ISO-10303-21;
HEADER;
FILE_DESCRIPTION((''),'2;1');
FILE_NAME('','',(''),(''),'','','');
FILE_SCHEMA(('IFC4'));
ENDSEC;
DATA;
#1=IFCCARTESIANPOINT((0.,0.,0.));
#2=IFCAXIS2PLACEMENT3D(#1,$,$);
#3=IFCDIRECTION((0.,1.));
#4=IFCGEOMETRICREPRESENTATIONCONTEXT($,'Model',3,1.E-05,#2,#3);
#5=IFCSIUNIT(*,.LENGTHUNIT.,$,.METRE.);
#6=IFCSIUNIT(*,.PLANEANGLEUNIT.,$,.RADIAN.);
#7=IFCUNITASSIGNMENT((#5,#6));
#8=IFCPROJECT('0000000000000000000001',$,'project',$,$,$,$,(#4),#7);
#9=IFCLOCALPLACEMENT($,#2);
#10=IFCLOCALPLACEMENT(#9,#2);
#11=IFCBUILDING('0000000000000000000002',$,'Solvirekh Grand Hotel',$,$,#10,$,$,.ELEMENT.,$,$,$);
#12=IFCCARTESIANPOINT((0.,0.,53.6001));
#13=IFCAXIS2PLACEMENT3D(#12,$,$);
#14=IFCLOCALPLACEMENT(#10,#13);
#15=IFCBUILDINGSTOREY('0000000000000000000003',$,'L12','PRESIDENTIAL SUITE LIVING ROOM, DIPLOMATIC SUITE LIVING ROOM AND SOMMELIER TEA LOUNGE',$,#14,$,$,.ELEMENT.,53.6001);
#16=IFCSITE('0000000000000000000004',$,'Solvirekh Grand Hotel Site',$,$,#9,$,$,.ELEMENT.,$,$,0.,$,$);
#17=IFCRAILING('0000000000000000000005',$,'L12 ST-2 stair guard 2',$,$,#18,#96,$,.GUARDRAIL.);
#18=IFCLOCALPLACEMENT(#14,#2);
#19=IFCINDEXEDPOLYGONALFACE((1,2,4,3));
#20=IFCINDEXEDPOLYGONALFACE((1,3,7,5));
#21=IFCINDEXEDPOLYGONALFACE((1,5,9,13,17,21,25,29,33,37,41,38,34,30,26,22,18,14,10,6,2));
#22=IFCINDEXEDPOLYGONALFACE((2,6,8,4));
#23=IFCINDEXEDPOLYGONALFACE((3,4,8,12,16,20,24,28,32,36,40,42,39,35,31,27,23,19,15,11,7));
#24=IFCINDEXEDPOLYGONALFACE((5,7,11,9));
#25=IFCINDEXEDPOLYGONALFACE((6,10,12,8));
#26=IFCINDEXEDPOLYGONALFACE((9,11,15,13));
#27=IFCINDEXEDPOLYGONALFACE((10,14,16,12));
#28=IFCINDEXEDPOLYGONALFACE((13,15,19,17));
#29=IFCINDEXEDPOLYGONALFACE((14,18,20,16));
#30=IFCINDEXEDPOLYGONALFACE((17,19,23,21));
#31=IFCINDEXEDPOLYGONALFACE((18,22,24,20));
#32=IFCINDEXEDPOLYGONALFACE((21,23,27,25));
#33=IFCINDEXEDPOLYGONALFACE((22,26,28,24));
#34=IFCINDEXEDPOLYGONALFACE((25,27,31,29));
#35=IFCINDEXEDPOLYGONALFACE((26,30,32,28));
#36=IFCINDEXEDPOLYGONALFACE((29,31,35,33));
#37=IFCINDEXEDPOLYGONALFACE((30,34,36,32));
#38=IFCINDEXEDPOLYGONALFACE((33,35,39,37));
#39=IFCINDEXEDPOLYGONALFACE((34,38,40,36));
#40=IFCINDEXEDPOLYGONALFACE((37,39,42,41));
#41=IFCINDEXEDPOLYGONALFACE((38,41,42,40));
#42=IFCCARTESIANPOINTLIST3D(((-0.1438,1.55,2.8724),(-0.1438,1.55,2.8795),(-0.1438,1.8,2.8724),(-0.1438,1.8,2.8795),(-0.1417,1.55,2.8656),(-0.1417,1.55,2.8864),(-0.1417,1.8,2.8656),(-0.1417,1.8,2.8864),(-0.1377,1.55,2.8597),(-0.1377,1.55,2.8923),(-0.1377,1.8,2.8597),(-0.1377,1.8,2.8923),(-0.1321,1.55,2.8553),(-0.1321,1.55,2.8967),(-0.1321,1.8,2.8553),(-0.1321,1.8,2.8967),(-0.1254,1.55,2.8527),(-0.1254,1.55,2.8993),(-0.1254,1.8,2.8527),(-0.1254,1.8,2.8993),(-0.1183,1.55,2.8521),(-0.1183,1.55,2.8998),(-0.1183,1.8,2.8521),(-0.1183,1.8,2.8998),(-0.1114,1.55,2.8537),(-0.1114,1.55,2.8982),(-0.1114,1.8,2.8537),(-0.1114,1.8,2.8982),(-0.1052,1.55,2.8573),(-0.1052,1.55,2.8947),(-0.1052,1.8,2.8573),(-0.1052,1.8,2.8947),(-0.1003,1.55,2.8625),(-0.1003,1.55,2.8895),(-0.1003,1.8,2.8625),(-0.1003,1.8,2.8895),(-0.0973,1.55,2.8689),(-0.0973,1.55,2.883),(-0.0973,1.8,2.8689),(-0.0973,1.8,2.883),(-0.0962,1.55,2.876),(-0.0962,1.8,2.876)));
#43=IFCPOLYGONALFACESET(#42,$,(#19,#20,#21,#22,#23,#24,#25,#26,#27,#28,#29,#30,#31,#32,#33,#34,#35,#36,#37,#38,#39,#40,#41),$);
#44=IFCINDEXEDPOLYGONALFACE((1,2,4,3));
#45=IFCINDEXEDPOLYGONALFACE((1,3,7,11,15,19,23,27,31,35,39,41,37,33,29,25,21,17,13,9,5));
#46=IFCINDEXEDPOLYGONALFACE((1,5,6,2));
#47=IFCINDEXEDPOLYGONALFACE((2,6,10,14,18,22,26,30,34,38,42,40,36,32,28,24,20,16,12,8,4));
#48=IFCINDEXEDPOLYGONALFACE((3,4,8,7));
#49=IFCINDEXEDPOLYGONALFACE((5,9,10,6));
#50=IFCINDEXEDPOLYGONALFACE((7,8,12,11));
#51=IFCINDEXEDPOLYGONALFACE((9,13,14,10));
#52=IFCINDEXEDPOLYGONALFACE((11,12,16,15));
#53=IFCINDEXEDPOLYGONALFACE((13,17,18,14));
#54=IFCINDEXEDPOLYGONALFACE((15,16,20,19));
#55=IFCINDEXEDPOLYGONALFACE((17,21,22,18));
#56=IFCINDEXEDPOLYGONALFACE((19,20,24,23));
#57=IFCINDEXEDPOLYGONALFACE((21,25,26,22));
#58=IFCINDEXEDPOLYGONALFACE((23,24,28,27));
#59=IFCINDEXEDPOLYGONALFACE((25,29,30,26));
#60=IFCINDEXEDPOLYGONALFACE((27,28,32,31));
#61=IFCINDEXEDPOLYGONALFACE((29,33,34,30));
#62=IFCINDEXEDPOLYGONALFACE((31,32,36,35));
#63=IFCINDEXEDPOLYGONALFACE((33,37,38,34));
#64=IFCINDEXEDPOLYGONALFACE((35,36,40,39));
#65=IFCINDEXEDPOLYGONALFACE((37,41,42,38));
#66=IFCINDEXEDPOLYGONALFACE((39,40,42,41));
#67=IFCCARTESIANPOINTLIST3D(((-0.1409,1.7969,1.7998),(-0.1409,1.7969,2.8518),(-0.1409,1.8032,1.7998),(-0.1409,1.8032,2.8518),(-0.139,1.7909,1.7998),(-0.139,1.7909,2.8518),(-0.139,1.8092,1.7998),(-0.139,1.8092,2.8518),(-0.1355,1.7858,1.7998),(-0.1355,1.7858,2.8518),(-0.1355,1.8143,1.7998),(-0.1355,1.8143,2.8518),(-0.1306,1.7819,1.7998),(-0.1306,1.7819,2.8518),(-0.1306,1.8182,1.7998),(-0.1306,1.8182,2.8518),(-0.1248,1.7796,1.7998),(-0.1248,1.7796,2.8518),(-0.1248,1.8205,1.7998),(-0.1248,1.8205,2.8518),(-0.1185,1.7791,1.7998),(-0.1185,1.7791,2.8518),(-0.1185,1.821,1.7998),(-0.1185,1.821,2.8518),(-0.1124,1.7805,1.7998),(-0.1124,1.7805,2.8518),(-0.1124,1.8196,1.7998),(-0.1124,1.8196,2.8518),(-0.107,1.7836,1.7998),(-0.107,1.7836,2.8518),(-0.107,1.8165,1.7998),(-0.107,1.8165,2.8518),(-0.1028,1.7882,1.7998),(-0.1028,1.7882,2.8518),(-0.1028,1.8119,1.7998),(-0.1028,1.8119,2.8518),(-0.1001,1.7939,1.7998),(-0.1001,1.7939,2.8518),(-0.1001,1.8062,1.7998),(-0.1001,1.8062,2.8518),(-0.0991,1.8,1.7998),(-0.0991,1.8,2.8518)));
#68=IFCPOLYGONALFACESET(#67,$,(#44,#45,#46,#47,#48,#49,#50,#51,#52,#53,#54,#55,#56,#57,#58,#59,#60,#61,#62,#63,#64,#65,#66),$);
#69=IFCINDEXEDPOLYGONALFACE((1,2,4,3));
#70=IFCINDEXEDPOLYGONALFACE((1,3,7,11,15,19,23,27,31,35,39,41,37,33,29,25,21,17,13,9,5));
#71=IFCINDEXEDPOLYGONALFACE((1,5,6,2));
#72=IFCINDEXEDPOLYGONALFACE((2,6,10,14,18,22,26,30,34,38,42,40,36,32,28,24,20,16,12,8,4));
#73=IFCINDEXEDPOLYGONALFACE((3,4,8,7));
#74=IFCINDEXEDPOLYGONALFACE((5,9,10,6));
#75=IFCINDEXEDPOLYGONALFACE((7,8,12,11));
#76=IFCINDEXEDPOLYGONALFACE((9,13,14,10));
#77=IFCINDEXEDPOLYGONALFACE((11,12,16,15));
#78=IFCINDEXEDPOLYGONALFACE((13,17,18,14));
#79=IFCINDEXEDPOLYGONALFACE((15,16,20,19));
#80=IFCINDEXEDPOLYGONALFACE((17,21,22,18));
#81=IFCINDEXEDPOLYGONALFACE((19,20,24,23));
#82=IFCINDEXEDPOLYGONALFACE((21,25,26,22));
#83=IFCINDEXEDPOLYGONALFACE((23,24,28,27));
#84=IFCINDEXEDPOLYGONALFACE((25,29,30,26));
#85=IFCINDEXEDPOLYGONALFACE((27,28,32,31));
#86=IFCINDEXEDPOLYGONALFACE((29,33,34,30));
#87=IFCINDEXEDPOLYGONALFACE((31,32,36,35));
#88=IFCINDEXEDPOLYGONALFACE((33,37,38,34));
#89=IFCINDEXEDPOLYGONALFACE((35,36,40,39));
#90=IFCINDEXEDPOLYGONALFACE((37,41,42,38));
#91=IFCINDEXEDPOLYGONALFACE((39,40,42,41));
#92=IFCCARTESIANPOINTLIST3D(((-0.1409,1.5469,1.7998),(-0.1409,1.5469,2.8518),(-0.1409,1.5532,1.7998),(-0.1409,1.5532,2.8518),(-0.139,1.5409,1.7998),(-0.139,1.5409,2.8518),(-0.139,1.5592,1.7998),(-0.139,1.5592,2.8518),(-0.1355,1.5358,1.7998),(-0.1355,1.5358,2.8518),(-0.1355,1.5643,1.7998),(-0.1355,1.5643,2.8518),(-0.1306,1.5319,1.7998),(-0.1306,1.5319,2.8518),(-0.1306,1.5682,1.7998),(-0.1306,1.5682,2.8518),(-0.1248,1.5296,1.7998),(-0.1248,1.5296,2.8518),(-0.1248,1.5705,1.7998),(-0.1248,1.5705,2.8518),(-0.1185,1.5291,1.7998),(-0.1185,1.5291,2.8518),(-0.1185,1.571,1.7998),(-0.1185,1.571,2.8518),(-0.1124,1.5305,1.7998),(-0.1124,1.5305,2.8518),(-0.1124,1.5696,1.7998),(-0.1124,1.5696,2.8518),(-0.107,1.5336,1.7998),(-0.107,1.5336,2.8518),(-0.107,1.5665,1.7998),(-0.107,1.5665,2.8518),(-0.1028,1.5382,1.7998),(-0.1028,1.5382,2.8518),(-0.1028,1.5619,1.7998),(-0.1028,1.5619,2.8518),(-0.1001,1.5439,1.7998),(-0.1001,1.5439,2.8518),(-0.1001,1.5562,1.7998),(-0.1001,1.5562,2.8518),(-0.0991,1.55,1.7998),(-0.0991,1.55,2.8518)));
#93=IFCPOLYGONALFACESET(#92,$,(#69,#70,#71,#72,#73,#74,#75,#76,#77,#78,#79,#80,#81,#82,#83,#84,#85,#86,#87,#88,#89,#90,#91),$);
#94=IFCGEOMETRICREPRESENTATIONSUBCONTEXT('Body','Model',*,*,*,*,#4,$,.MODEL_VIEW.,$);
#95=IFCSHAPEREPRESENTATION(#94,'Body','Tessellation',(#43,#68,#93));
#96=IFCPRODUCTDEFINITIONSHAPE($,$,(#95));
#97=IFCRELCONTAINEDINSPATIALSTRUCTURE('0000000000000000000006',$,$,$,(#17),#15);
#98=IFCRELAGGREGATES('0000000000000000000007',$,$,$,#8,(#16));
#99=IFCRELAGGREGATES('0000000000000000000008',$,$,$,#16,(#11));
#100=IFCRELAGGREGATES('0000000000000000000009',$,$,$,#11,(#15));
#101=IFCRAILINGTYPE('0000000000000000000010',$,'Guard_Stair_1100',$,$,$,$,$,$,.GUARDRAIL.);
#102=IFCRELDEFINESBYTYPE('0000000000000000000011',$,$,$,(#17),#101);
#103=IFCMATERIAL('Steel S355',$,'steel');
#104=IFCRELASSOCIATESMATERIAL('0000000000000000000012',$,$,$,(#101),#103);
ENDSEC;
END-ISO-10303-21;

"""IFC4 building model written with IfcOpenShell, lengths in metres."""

from ifc_helpers import new_model, si_unit, direction, frame, origin, origin_2d, place, context, subcontext, project, spatial, circle, extrude, material, type_object, element, save


model = new_model("IFC4")

# Units and contexts
model_context = context("Model", 3, precision=1e-05, world=origin(), true_north=direction((0.0, 1.0)))
body_context = subcontext(model_context, "Body", "Model", "MODEL_VIEW")
ifc_project = project(units=[si_unit("LENGTHUNIT", "METRE"), si_unit("PLANEANGLEUNIT", "RADIAN")], contexts=[model_context])

# Site, building, storey
site_placement = place(None, origin())
site = spatial("IfcSite", under=ifc_project, at=site_placement, Name="Solvirekh Grand Hotel Site", CompositionType="ELEMENT", RefElevation=0.0)
building_placement = place(site_placement, origin())
building = spatial("IfcBuilding", under=site, at=building_placement, Name="Solvirekh Grand Hotel", CompositionType="ELEMENT")
storey_placement = place(building_placement, frame((0.0, 0.0, 53.6001)))
storey = spatial("IfcBuildingStorey", under=building, at=storey_placement, Name="L12", Description="PRESIDENTIAL SUITE LIVING ROOM, DIPLOMATIC SUITE LIVING ROOM AND SOMMELIER TEA LOUNGE", CompositionType="ELEMENT", Elevation=53.6001)

# Shared definitions
ifc_material_1 = material(Name="Steel S355", Category="steel")

# Railing
railing_type_1 = type_object("IfcRailingType", Name="Guard_Stair_1100", PredefinedType="GUARDRAIL", material=ifc_material_1)
railing_1_placement = place(storey_placement, frame((-0.1201, 1.8, 1.7998)))
element("IfcRailing", 1, at=railing_1_placement, inside=storey, type_object=railing_type_1, Name="L12 ST-2 stair guard 2", PredefinedType="GUARDRAIL", context=body_context, shape_type="SweptSolid", body=[
    extrude(circle(Radius=0.0239, at=origin_2d()), frame((0.0, 0.0, 1.0762), z_axis=(0.0, -1.0, 0.0), x_axis=(1.0, 0.0, 0.0)), (0.0, 0.0, 1.0), 0.25),
    extrude(circle(Radius=0.021, at=origin_2d()), origin(), (0.0, 0.0, 1.0), 1.052),
    extrude(circle(Radius=0.021, at=origin_2d()), frame((0.0, -0.25, 0.0)), (0.0, 0.0, 1.0), 1.052),
])

save(model, "model.ifc")
